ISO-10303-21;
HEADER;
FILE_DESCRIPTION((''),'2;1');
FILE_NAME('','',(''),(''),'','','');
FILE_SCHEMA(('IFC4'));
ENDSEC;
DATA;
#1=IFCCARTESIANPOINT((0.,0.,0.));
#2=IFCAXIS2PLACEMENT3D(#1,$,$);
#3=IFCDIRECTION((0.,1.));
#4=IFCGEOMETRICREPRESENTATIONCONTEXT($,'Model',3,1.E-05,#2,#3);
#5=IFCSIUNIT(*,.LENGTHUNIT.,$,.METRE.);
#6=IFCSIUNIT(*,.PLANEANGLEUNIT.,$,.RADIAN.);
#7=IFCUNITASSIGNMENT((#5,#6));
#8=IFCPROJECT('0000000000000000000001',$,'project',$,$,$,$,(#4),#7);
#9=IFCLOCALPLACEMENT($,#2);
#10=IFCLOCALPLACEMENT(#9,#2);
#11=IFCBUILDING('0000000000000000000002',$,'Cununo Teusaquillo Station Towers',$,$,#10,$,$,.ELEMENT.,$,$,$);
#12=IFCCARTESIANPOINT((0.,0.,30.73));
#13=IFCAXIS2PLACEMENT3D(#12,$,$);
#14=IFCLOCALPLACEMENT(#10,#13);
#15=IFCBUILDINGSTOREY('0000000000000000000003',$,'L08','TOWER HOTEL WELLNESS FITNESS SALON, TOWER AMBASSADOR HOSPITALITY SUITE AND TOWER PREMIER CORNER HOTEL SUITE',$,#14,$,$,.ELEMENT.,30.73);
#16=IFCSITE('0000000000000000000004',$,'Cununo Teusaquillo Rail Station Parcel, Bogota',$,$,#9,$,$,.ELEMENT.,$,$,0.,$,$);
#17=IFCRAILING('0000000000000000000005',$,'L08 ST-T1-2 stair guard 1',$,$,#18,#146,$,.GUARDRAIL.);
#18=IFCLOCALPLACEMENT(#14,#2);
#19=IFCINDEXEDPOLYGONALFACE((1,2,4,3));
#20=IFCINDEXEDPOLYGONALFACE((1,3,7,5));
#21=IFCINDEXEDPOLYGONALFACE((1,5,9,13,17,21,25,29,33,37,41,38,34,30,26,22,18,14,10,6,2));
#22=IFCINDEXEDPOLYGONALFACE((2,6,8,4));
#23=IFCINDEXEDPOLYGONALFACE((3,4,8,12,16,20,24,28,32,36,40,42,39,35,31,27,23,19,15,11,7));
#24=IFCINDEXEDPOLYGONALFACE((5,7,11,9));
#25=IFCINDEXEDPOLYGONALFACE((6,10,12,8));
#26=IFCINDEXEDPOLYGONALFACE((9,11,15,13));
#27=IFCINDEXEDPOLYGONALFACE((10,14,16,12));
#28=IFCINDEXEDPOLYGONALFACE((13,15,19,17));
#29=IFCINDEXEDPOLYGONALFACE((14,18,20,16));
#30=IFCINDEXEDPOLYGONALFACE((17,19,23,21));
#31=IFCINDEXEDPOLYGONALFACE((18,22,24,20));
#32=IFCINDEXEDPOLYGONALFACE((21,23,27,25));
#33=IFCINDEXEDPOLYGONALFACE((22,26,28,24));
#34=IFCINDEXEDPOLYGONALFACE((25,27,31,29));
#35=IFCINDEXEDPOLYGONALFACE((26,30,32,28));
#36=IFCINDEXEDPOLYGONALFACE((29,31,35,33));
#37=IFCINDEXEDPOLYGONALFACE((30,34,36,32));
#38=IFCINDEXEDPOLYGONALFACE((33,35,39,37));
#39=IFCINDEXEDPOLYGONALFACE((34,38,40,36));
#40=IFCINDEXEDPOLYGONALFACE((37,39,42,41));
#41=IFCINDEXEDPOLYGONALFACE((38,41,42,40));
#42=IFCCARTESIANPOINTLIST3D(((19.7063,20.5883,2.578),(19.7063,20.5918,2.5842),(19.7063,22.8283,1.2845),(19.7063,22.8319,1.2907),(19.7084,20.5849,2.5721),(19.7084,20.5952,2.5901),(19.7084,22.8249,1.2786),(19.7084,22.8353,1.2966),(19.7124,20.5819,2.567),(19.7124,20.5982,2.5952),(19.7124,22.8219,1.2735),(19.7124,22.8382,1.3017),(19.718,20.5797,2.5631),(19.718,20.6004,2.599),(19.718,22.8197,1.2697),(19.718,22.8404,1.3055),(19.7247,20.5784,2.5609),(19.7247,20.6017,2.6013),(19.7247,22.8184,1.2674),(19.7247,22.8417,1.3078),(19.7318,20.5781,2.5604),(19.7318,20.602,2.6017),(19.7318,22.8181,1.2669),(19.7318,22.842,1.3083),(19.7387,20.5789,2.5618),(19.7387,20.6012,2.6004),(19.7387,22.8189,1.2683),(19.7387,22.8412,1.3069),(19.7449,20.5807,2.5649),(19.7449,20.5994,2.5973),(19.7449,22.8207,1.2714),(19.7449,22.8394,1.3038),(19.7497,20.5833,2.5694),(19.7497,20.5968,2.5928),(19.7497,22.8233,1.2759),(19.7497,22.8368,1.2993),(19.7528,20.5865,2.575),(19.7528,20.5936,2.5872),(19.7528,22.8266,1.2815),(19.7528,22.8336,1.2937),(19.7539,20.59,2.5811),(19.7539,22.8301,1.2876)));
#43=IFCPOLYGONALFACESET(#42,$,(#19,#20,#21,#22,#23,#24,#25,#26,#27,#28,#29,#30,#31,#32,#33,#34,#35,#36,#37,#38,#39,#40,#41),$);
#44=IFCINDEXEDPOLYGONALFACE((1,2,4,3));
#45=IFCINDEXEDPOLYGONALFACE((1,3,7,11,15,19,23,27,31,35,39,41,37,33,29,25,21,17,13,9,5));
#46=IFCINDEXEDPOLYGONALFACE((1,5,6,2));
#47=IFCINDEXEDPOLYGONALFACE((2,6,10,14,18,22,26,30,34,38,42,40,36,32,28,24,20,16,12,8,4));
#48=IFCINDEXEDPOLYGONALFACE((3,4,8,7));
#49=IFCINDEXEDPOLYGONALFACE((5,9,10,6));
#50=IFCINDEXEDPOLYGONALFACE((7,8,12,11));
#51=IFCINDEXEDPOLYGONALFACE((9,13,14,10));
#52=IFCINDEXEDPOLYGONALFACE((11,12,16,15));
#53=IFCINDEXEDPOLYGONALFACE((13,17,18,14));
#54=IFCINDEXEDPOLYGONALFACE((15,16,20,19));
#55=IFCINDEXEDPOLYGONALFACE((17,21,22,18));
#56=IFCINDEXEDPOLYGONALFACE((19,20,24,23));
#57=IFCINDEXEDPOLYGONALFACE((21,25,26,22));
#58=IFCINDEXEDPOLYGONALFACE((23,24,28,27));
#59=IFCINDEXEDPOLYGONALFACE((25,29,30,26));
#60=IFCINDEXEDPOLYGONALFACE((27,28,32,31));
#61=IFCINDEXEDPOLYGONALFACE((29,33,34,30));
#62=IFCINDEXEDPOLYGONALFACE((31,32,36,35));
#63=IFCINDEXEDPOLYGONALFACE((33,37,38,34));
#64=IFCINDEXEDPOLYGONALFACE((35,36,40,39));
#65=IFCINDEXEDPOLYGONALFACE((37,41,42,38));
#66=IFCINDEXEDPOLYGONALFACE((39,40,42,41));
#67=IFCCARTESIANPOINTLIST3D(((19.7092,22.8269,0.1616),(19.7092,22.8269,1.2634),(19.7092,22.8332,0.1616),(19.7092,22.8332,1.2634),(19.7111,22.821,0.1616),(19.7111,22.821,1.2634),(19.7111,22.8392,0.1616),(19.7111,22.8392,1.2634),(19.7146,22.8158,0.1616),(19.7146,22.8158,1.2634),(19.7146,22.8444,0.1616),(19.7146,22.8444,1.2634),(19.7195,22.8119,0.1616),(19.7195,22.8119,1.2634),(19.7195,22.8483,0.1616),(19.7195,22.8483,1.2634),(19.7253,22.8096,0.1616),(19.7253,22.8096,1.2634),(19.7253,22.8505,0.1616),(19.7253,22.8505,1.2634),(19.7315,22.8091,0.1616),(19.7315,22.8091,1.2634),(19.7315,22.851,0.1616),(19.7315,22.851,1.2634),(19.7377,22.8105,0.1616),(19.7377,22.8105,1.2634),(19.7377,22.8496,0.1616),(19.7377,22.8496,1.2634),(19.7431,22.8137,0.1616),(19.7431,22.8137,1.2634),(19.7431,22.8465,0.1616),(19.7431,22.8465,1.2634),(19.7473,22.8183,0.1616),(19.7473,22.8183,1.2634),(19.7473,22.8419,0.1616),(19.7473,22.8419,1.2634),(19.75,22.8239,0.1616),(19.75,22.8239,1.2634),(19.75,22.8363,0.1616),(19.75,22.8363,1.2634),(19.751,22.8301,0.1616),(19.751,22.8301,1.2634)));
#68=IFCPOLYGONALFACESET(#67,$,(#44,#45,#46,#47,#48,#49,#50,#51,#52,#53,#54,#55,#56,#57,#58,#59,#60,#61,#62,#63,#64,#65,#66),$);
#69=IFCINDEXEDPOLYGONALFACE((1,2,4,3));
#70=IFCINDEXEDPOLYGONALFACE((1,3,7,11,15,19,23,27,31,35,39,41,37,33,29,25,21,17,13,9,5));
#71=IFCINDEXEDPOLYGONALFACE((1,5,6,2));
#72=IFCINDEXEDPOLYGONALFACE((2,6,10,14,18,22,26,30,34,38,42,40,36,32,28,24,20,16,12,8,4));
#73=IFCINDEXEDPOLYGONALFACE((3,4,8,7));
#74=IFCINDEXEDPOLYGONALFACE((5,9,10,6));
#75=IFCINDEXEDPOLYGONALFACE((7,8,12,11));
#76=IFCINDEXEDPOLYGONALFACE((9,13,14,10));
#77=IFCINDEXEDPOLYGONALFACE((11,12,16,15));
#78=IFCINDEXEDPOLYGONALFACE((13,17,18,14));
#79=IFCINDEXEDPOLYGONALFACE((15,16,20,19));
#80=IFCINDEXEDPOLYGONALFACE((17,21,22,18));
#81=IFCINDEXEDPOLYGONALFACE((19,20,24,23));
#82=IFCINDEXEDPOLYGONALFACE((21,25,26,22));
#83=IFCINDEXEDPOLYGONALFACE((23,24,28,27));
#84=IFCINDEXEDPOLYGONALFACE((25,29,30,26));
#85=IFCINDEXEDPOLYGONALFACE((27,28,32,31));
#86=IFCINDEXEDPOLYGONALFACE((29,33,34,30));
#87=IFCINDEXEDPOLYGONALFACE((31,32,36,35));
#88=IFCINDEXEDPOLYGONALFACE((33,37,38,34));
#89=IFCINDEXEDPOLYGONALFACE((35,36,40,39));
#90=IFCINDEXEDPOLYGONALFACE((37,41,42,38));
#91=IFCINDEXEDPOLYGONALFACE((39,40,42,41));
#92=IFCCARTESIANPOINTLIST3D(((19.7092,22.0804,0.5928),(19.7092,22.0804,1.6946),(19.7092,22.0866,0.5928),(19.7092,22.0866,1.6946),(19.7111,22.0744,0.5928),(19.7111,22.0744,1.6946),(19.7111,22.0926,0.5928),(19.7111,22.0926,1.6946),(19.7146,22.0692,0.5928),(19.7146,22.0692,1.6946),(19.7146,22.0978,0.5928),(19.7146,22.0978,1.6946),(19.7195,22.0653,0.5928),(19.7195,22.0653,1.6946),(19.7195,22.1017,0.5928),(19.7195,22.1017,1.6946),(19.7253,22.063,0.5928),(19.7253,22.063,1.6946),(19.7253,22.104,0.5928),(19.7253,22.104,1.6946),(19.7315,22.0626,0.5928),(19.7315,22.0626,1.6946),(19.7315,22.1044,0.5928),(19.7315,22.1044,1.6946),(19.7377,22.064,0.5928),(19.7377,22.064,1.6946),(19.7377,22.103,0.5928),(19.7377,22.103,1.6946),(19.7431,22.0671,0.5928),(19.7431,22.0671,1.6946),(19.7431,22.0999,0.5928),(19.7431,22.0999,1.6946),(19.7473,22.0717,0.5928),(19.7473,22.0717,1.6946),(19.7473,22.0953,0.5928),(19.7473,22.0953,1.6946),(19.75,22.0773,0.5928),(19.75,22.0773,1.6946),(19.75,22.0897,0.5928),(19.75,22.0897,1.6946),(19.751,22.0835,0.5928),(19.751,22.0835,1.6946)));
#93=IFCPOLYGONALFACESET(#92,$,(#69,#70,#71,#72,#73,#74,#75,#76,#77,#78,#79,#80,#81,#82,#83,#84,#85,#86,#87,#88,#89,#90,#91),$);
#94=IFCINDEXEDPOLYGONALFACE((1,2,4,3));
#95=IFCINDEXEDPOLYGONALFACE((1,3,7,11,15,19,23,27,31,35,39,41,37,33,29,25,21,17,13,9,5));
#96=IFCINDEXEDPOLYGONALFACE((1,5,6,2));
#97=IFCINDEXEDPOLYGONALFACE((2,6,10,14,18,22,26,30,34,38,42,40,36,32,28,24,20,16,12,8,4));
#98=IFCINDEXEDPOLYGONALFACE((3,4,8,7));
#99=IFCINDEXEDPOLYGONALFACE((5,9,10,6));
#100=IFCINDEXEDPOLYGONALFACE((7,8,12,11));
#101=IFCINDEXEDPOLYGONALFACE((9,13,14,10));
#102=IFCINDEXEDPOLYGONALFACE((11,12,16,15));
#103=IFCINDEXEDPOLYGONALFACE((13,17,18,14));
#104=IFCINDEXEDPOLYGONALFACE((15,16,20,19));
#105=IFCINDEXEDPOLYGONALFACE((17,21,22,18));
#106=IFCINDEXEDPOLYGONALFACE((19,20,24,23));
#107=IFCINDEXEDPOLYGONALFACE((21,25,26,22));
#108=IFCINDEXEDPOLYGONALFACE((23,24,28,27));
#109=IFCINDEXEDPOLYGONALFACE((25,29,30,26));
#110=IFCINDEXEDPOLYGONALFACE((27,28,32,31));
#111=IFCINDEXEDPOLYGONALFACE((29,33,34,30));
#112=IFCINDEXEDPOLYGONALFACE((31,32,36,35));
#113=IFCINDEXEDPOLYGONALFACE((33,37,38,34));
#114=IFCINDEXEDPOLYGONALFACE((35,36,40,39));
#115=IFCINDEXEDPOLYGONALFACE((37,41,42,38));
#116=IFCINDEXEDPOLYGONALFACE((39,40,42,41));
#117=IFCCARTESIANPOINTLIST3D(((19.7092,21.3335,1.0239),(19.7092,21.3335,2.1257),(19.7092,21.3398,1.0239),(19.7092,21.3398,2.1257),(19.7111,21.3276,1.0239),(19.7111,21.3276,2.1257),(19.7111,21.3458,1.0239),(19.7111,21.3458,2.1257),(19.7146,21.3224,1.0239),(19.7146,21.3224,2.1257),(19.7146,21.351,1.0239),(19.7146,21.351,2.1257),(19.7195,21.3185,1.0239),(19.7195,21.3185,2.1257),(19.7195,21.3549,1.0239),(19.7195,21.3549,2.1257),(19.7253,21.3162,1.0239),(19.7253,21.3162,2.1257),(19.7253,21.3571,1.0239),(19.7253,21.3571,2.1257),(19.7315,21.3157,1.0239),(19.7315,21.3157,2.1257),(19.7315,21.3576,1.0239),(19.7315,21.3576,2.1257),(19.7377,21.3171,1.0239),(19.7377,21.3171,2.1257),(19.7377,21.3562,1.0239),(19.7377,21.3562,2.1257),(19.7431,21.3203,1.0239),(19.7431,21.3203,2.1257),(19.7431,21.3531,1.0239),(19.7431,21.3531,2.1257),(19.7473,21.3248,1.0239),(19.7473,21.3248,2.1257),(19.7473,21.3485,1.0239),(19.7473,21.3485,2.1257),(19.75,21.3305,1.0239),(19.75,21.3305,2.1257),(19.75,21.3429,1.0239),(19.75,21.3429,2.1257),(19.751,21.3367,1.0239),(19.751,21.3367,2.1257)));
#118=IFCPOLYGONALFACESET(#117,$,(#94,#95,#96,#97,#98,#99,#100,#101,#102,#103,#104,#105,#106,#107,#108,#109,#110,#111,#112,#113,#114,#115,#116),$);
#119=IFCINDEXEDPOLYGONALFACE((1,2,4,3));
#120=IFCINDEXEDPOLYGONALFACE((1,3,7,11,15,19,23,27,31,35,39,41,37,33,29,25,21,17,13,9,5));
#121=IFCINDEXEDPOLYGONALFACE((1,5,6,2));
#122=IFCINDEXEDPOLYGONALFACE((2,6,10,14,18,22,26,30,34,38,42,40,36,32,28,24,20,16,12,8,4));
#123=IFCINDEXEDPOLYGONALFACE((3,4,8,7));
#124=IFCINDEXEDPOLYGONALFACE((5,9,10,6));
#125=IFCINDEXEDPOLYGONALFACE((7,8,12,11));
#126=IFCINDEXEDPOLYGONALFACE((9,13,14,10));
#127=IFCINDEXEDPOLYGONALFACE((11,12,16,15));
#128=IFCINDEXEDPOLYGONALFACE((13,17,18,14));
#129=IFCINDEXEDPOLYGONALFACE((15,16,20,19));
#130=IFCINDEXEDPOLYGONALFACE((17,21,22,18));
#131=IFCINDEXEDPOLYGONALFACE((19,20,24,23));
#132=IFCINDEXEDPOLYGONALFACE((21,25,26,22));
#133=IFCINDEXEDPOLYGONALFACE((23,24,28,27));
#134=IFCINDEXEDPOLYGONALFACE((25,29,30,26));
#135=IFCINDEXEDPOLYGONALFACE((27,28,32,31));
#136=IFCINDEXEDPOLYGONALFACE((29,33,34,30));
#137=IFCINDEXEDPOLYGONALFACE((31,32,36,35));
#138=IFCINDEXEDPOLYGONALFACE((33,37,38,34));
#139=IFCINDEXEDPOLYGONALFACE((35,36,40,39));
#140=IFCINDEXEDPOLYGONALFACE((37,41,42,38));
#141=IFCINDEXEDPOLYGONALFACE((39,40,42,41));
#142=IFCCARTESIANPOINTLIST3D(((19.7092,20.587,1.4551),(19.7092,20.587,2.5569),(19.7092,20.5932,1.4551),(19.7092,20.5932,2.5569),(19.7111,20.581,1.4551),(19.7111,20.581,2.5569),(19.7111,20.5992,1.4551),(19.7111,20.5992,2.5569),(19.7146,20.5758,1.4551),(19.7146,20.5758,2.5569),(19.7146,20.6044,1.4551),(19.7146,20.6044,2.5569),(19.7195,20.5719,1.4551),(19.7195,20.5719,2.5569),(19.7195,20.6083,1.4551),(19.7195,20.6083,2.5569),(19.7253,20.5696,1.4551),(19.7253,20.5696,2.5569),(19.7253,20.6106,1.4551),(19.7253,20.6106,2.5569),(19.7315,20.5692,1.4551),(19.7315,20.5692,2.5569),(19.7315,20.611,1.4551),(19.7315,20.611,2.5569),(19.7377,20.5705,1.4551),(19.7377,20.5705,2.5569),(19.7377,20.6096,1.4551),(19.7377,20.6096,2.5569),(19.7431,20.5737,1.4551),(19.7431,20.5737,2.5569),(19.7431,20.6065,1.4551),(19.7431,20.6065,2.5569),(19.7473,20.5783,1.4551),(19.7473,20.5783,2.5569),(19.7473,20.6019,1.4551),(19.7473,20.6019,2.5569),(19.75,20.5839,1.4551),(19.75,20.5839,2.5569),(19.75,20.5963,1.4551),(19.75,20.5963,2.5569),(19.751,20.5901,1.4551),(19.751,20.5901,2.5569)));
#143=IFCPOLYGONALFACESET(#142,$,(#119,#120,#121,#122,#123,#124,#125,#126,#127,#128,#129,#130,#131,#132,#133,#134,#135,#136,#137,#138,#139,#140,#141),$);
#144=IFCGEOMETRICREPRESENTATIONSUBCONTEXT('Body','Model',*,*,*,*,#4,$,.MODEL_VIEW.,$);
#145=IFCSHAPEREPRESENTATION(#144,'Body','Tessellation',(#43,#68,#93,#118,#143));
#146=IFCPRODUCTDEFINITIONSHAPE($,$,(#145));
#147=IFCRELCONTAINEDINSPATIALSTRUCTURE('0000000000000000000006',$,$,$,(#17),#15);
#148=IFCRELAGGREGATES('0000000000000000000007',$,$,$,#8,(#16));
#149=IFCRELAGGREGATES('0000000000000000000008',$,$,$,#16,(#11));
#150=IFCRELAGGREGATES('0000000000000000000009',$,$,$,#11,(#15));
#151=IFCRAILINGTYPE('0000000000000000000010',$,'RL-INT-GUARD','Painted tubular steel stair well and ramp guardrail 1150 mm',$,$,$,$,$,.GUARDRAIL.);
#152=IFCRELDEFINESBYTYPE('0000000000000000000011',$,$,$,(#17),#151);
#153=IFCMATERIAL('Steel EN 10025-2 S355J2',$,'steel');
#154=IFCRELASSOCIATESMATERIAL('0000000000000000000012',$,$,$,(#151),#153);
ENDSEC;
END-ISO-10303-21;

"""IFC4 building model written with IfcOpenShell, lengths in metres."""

from ifc_helpers import new_model, si_unit, direction, frame, origin, origin_2d, place, context, subcontext, project, spatial, circle, extrude, material, type_object, element, save


model = new_model("IFC4")

# Units and contexts
model_context = context("Model", 3, precision=1e-05, world=origin(), true_north=direction((0.0, 1.0)))
body_context = subcontext(model_context, "Body", "Model", "MODEL_VIEW")
ifc_project = project(units=[si_unit("LENGTHUNIT", "METRE"), si_unit("PLANEANGLEUNIT", "RADIAN")], contexts=[model_context])

# Site, building, storey
site_placement = place(None, origin())
site = spatial("IfcSite", under=ifc_project, at=site_placement, Name="Cununo Teusaquillo Rail Station Parcel, Bogota", CompositionType="ELEMENT", RefElevation=0.0)
building_placement = place(site_placement, origin())
building = spatial("IfcBuilding", under=site, at=building_placement, Name="Cununo Teusaquillo Station Towers", CompositionType="ELEMENT")
storey_placement = place(building_placement, frame((0.0, 0.0, 30.73)))
storey = spatial("IfcBuildingStorey", under=building, at=storey_placement, Name="L08", Description="TOWER HOTEL WELLNESS FITNESS SALON, TOWER AMBASSADOR HOSPITALITY SUITE AND TOWER PREMIER CORNER HOTEL SUITE", CompositionType="ELEMENT", Elevation=30.73)

# Railing
ifc_material_1 = material(Name="Steel EN 10025-2 S355J2", Category="steel")
railing_type_1 = type_object("IfcRailingType", Name="RL-INT-GUARD", Description="Painted tubular steel stair well and ramp guardrail 1150 mm", PredefinedType="GUARDRAIL", material=ifc_material_1)
railing_1_placement = place(storey_placement, frame((19.73, 22.8301, 0.1616)))
element("IfcRailing", 1, at=railing_1_placement, inside=storey, type_object=railing_type_1, Name="L08 ST-T1-2 stair guard 1", PredefinedType="GUARDRAIL", context=body_context, shape_type="SweptSolid", body=[
    extrude(circle(Radius=0.0239, at=origin_2d()), frame((0.0, 0.0, 1.126), z_axis=(0.0, -0.865992, 0.500057), x_axis=(1.0, 0.0, 0.0)), (0.0, 0.0, 1.0), 2.5867),
    extrude(circle(Radius=0.021, at=origin_2d()), origin(), (0.0, 0.0, 1.0), 1.1018),
    extrude(circle(Radius=0.021, at=origin_2d()), frame((0.0, -0.7466, 0.4312)), (0.0, 0.0, 1.0), 1.1018),
    extrude(circle(Radius=0.021, at=origin_2d()), frame((0.0, -1.4934, 0.8623)), (0.0, 0.0, 1.0), 1.1018),
    extrude(circle(Radius=0.021, at=origin_2d()), frame((0.0, -2.24, 1.2935)), (0.0, 0.0, 1.0), 1.1018),
])

save(model, "model.ifc")
